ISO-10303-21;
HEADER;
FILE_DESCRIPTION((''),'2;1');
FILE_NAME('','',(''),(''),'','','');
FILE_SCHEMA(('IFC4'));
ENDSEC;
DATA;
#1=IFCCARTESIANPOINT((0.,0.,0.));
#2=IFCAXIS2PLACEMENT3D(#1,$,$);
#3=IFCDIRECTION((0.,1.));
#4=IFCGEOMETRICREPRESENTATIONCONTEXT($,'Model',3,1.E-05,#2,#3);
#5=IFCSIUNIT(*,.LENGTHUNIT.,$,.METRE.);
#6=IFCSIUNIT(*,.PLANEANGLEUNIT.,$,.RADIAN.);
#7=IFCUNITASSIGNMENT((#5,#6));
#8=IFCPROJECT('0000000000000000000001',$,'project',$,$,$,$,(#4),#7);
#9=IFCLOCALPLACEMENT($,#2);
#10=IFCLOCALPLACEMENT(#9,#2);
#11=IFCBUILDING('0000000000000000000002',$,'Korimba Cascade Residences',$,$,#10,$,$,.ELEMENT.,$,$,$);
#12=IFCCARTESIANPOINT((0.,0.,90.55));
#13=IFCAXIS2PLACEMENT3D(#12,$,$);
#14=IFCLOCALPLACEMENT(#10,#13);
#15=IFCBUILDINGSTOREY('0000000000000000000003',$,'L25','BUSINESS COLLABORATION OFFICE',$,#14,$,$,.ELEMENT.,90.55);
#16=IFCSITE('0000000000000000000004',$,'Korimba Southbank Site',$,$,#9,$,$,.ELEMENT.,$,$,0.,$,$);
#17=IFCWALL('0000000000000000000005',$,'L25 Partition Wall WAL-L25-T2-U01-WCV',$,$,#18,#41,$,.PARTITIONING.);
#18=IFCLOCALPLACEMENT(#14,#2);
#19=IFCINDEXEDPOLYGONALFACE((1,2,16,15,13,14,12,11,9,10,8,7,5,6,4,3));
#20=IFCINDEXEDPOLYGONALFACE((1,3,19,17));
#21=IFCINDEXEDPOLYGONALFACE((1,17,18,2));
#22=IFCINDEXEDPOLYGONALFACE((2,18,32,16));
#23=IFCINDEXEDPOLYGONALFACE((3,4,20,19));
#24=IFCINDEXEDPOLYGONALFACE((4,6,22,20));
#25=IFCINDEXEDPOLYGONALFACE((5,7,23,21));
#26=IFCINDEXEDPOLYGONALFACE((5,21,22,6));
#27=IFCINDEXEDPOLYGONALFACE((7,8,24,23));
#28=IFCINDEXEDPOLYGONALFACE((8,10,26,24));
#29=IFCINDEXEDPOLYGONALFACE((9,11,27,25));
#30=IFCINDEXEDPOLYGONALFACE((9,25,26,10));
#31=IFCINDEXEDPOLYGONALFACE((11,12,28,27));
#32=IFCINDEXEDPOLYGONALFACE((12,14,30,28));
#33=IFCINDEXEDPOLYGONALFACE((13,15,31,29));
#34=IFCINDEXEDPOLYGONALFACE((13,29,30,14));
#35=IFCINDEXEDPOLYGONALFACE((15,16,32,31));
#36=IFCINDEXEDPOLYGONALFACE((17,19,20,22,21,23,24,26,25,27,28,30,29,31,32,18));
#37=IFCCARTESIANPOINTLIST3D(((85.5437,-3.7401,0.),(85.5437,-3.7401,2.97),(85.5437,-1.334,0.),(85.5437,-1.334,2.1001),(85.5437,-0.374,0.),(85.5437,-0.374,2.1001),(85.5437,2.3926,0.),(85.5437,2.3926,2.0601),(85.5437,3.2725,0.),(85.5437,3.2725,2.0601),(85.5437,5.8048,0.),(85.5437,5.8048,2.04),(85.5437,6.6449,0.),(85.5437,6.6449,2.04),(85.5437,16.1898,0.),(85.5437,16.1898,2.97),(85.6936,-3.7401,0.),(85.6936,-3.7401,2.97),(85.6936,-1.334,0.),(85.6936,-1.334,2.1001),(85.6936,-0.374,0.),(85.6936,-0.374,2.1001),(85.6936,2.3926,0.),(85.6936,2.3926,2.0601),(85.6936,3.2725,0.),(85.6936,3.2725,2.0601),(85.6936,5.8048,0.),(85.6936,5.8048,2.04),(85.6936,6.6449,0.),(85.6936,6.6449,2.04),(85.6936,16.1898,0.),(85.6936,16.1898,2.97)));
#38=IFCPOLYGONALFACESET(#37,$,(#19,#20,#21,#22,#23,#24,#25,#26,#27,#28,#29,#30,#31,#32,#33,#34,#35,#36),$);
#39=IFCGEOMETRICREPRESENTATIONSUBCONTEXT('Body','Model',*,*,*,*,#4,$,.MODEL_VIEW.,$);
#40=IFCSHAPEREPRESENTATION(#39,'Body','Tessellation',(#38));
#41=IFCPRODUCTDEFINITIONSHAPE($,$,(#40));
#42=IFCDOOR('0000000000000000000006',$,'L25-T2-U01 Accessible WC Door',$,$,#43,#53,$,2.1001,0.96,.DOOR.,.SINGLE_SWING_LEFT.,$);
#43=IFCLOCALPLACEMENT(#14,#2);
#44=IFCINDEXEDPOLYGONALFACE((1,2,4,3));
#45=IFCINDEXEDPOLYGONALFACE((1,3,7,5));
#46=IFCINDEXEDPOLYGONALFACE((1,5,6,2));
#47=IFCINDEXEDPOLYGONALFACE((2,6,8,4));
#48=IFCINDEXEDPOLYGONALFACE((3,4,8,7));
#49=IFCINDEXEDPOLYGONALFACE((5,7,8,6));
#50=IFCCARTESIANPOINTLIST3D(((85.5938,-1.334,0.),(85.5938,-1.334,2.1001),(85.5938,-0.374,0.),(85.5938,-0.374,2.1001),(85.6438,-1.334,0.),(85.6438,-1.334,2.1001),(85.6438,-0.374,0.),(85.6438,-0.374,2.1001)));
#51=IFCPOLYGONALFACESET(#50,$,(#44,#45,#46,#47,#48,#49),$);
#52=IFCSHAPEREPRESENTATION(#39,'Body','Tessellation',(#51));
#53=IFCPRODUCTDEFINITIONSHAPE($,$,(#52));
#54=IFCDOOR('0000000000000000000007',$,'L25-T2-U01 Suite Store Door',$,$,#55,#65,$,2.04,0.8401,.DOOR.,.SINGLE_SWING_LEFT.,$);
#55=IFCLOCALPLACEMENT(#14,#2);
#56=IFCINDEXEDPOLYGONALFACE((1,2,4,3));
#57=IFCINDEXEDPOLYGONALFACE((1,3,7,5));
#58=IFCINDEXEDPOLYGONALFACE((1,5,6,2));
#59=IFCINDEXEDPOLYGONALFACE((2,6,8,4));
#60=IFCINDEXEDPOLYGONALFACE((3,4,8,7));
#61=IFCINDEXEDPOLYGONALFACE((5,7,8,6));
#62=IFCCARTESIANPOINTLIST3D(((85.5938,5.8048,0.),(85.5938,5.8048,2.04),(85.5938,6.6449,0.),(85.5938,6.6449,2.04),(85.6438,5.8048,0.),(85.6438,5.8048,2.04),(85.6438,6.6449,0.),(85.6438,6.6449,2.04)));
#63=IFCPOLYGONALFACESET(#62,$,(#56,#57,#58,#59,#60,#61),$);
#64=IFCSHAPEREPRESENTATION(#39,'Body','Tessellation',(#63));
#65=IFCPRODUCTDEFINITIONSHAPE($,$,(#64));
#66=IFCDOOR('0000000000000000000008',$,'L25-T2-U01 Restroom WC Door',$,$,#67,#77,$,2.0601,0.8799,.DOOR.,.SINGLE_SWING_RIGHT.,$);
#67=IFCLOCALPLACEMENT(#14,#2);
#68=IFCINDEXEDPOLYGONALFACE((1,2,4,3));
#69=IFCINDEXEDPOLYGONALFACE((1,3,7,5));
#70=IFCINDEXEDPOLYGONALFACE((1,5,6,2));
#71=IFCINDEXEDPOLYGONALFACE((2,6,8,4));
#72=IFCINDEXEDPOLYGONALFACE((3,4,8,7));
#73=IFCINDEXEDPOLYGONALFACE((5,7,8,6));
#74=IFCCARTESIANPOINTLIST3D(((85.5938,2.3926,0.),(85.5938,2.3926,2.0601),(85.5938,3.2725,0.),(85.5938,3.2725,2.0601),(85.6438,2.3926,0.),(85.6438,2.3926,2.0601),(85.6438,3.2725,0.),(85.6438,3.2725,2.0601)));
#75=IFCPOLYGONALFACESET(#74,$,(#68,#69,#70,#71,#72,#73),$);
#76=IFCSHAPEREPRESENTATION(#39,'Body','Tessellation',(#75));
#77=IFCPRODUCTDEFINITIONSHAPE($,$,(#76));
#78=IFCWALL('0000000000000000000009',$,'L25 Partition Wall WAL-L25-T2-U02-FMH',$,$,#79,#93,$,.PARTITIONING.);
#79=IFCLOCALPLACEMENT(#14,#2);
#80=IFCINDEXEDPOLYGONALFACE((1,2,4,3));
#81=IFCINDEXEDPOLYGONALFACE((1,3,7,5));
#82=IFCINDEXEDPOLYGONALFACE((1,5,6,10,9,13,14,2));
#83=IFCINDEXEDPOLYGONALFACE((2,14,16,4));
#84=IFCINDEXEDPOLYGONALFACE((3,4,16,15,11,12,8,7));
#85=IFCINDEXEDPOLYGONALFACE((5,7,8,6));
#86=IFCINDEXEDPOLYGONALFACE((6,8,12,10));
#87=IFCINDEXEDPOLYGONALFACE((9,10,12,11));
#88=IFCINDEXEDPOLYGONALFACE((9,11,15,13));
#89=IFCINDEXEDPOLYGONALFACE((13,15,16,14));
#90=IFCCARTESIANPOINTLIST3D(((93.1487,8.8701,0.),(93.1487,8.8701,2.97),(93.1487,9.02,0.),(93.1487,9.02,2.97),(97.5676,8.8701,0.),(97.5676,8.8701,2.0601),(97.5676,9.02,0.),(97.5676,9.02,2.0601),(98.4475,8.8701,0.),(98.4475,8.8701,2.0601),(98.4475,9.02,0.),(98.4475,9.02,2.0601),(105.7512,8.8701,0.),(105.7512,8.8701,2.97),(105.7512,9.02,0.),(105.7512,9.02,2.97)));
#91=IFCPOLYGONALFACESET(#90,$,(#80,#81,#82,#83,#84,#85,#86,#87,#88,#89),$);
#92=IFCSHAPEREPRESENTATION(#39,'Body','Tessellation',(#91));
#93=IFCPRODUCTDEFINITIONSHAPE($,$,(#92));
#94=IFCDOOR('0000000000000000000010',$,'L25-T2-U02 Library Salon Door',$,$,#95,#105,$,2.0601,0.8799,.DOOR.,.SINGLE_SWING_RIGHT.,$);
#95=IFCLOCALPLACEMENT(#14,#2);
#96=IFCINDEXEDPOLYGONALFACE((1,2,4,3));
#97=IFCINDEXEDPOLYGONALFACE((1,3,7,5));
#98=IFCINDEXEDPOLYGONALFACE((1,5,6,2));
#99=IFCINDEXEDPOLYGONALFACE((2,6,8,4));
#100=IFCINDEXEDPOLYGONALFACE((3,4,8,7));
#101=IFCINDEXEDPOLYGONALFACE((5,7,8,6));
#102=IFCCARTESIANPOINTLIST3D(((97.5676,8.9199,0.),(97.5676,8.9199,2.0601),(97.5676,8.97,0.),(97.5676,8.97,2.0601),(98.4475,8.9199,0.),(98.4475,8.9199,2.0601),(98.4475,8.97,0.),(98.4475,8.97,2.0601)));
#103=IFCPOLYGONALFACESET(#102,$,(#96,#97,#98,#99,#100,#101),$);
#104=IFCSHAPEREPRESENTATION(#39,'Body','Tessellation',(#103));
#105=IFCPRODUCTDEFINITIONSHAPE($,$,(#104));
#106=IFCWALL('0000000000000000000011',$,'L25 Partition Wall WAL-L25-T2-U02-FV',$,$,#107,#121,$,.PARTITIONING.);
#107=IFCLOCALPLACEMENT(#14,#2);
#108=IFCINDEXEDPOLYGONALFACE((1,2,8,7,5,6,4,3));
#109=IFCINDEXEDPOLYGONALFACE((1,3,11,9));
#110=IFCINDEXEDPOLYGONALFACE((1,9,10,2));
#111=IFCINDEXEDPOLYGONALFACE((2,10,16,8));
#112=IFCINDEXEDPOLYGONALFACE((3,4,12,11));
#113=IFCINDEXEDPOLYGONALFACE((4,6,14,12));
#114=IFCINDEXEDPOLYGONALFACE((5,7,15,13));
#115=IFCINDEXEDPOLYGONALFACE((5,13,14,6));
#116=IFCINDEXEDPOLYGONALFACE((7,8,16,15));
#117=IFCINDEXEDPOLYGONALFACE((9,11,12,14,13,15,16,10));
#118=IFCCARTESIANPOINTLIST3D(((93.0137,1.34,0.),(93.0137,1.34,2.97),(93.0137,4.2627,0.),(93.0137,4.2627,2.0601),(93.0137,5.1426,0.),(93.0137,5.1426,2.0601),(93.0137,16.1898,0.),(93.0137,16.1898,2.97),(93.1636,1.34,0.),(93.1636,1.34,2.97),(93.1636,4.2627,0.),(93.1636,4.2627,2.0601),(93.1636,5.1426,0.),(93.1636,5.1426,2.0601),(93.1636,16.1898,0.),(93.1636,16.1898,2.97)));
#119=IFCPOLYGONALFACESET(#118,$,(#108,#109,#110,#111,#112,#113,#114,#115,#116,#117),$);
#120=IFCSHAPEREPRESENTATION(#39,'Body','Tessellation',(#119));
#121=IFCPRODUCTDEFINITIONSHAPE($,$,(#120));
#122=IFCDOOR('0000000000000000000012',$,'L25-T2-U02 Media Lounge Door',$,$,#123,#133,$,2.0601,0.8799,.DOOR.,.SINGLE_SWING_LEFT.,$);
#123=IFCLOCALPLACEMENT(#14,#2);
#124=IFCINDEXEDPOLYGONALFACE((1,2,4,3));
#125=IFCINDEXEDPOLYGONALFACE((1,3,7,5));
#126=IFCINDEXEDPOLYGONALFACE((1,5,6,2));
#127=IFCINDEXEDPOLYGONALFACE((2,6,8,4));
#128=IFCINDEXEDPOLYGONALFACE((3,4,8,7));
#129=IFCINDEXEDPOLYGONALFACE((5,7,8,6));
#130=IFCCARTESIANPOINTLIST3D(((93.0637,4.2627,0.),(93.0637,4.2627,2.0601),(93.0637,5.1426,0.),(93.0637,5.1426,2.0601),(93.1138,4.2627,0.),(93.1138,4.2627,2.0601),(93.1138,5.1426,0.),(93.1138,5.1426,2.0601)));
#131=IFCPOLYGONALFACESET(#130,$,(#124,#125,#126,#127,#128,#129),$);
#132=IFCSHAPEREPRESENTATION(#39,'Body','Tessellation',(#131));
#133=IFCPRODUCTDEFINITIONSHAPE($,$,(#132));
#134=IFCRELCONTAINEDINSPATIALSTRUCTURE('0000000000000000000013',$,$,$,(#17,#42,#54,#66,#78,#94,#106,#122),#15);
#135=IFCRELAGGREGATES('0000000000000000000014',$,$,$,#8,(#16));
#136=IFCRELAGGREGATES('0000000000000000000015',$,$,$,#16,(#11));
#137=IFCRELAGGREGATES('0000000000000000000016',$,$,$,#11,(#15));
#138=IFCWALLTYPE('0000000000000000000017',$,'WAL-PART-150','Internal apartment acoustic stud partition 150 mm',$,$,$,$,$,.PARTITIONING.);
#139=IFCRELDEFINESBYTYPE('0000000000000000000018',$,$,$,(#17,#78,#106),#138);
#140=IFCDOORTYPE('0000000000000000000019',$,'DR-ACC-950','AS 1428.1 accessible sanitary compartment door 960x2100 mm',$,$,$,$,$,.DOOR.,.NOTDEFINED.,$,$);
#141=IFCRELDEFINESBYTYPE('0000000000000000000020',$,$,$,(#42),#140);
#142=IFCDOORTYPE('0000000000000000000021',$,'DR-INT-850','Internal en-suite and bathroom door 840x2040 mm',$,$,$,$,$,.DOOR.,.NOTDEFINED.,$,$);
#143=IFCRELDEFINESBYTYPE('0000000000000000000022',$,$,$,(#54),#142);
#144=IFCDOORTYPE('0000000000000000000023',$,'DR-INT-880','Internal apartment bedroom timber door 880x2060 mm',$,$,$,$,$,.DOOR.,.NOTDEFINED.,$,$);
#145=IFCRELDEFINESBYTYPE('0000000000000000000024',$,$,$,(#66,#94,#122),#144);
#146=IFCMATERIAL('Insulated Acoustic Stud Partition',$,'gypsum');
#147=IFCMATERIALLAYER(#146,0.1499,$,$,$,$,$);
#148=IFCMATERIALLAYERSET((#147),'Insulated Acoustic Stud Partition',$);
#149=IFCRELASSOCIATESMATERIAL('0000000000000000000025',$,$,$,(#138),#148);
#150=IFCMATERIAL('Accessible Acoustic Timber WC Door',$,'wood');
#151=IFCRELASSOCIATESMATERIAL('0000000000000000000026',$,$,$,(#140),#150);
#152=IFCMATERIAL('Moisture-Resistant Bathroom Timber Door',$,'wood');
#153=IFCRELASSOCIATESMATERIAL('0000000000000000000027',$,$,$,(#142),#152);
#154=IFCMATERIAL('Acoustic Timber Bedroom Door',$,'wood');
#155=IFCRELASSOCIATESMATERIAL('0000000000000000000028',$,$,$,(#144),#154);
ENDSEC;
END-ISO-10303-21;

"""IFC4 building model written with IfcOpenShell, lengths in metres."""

from ifc_helpers import new_model, si_unit, direction, frame, frame_2d, origin, place, context, subcontext, project, spatial, rectangle, extrude, material, layer, layer_set, type_object, element, fill, save


model = new_model("IFC4")

# Units and contexts
model_context = context("Model", 3, precision=1e-05, world=origin(), true_north=direction((0.0, 1.0)))
body_context = subcontext(model_context, "Body", "Model", "MODEL_VIEW")
ifc_project = project(units=[si_unit("LENGTHUNIT", "METRE"), si_unit("PLANEANGLEUNIT", "RADIAN")], contexts=[model_context])

# Site, building, storey
site_placement = place(None, origin())
site = spatial("IfcSite", under=ifc_project, at=site_placement, Name="Korimba Southbank Site", CompositionType="ELEMENT", RefElevation=0.0)
building_placement = place(site_placement, origin())
building = spatial("IfcBuilding", under=site, at=building_placement, Name="Korimba Cascade Residences", CompositionType="ELEMENT")
storey_placement = place(building_placement, frame((0.0, 0.0, 90.55)))
storey = spatial("IfcBuildingStorey", under=building, at=storey_placement, Name="L25", Description="BUSINESS COLLABORATION OFFICE", CompositionType="ELEMENT", Elevation=90.55)

# Shared definitions
ifc_material_1 = material(Name="Insulated Acoustic Stud Partition", Category="gypsum")
ifc_layer_1 = layer(ifc_material_1, 0.1499)
ifc_layer_set_1 = layer_set([ifc_layer_1], Name="Insulated Acoustic Stud Partition")
wall_type_1 = type_object("IfcWallType", Name="WAL-PART-150", Description="Internal apartment acoustic stud partition 150 mm", PredefinedType="PARTITIONING", material=ifc_layer_set_1)

# Wall, openings, doors
wall_1_placement = place(storey_placement, frame((85.6187, -3.74, 0.0), z_axis=(0.0, 0.0, 1.0), x_axis=(0.0, 1.0, 0.0)))
wall_1 = element("IfcWall", 1, at=wall_1_placement, inside=storey, type_object=wall_type_1, Name="L25 Partition Wall WAL-L25-T2-U01-WCV", PredefinedType="PARTITIONING", context=body_context, shape_type="SweptSolid", body=[
    extrude(rectangle(XDim=19.9299, YDim=0.1499, at=frame_2d((9.9648, 0.0))), origin(), (0.0, 0.0, 1.0), 2.97),
])
opening_1_placement = place(wall_1_placement, frame((2.406, 0.0, 0.0)))
opening_1 = element("IfcOpeningElement", 2, at=opening_1_placement, cuts=wall_1, PredefinedType="OPENING", context=body_context, shape_type="SweptSolid", body=[
    extrude(rectangle(XDim=0.96, YDim=2.1001, at=frame_2d((0.48, 1.05))), frame((0.0, 0.085, 0.0), z_axis=(0.0, -1.0, 0.0), x_axis=(1.0, 0.0, 0.0)), (0.0, 0.0, 1.0), 0.1699),
])
opening_2_placement = place(wall_1_placement, frame((6.1326, 0.0, 0.0)))
opening_2 = element("IfcOpeningElement", 3, at=opening_2_placement, cuts=wall_1, PredefinedType="OPENING", context=body_context, shape_type="SweptSolid", body=[
    extrude(rectangle(XDim=0.8799, YDim=2.0601, at=frame_2d((0.4399, 1.03))), frame((0.0, 0.085, 0.0), z_axis=(0.0, -1.0, 0.0), x_axis=(1.0, 0.0, 0.0)), (0.0, 0.0, 1.0), 0.1699),
])
opening_3_placement = place(wall_1_placement, frame((9.5449, 0.0, 0.0)))
opening_3 = element("IfcOpeningElement", 4, at=opening_3_placement, cuts=wall_1, PredefinedType="OPENING", context=body_context, shape_type="SweptSolid", body=[
    extrude(rectangle(XDim=0.8401, YDim=2.04, at=frame_2d((0.4199, 1.02))), frame((0.0, 0.085, 0.0), z_axis=(0.0, -1.0, 0.0), x_axis=(1.0, 0.0, 0.0)), (0.0, 0.0, 1.0), 0.1699),
])
ifc_material_2 = material(Name="Accessible Acoustic Timber WC Door", Category="wood")
door_type_1 = type_object("IfcDoorType", Name="DR-ACC-950", Description="AS 1428.1 accessible sanitary compartment door 960x2100 mm", OperationType="NOTDEFINED", PredefinedType="DOOR", material=ifc_material_2)
door_1_placement = place(opening_1_placement, origin())
door_1 = element("IfcDoor", 5, at=door_1_placement, inside=storey, type_object=door_type_1, Name="L25-T2-U01 Accessible WC Door", OperationType="SINGLE_SWING_LEFT", OverallHeight=2.1001, OverallWidth=0.96, PredefinedType="DOOR", context=body_context, shape_type="SweptSolid", body=[
    extrude(rectangle(XDim=0.96, YDim=2.1001, at=frame_2d((0.48, 1.05))), frame((0.0, 0.0249, 0.0), z_axis=(0.0, -1.0, 0.0), x_axis=(1.0, 0.0, 0.0)), (0.0, 0.0, 1.0), 0.05),
])
fill(opening_1, door_1)
ifc_material_3 = material(Name="Moisture-Resistant Bathroom Timber Door", Category="wood")
door_type_2 = type_object("IfcDoorType", Name="DR-INT-850", Description="Internal en-suite and bathroom door 840x2040 mm", OperationType="NOTDEFINED", PredefinedType="DOOR", material=ifc_material_3)
door_2_placement = place(opening_3_placement, origin())
door_2 = element("IfcDoor", 6, at=door_2_placement, inside=storey, type_object=door_type_2, Name="L25-T2-U01 Suite Store Door", OperationType="SINGLE_SWING_LEFT", OverallHeight=2.04, OverallWidth=0.8401, PredefinedType="DOOR", context=body_context, shape_type="SweptSolid", body=[
    extrude(rectangle(XDim=0.8401, YDim=2.04, at=frame_2d((0.4199, 1.02))), frame((0.0, 0.0249, 0.0), z_axis=(0.0, -1.0, 0.0), x_axis=(1.0, 0.0, 0.0)), (0.0, 0.0, 1.0), 0.05),
])
fill(opening_3, door_2)
ifc_material_4 = material(Name="Acoustic Timber Bedroom Door", Category="wood")
door_type_3 = type_object("IfcDoorType", Name="DR-INT-880", Description="Internal apartment bedroom timber door 880x2060 mm", OperationType="NOTDEFINED", PredefinedType="DOOR", material=ifc_material_4)
door_3_placement = place(opening_2_placement, origin())
door_3 = element("IfcDoor", 7, at=door_3_placement, inside=storey, type_object=door_type_3, Name="L25-T2-U01 Restroom WC Door", OperationType="SINGLE_SWING_RIGHT", OverallHeight=2.0601, OverallWidth=0.8799, PredefinedType="DOOR", context=body_context, shape_type="SweptSolid", body=[
    extrude(rectangle(XDim=0.8799, YDim=2.0601, at=frame_2d((0.4399, 1.03))), frame((0.0, 0.0249, 0.0), z_axis=(0.0, -1.0, 0.0), x_axis=(1.0, 0.0, 0.0)), (0.0, 0.0, 1.0), 0.05),
])
fill(opening_2, door_3)

# Walls, openings, doors
wall_2_placement = place(storey_placement, frame((93.1487, 8.9451, 0.0), z_axis=(0.0, 0.0, 1.0), x_axis=(1.0, 0.0, 0.0)))
wall_2 = element("IfcWall", 8, at=wall_2_placement, inside=storey, type_object=wall_type_1, Name="L25 Partition Wall WAL-L25-T2-U02-FMH", PredefinedType="PARTITIONING", context=body_context, shape_type="SweptSolid", body=[
    extrude(rectangle(XDim=12.6025, YDim=0.1499, at=frame_2d((6.3013, 0.0))), origin(), (0.0, 0.0, 1.0), 2.97),
])
opening_4_placement = place(wall_2_placement, frame((4.4189, 0.0, 0.0)))
opening_4 = element("IfcOpeningElement", 9, at=opening_4_placement, cuts=wall_2, PredefinedType="OPENING", context=body_context, shape_type="SweptSolid", body=[
    extrude(rectangle(XDim=0.8799, YDim=2.0601, at=frame_2d((0.4399, 1.03))), frame((0.0, 0.085, 0.0), z_axis=(0.0, -1.0, 0.0), x_axis=(1.0, 0.0, 0.0)), (0.0, 0.0, 1.0), 0.1699),
])
door_4_placement = place(opening_4_placement, origin())
door_4 = element("IfcDoor", 10, at=door_4_placement, inside=storey, type_object=door_type_3, Name="L25-T2-U02 Library Salon Door", OperationType="SINGLE_SWING_RIGHT", OverallHeight=2.0601, OverallWidth=0.8799, PredefinedType="DOOR", context=body_context, shape_type="SweptSolid", body=[
    extrude(rectangle(XDim=0.8799, YDim=2.0601, at=frame_2d((0.4399, 1.03))), frame((0.0, 0.0249, 0.0), z_axis=(0.0, -1.0, 0.0), x_axis=(1.0, 0.0, 0.0)), (0.0, 0.0, 1.0), 0.05),
])
fill(opening_4, door_4)
wall_3_placement = place(storey_placement, frame((93.0886, 1.3401, 0.0), z_axis=(0.0, 0.0, 1.0), x_axis=(0.0, 1.0, 0.0)))
wall_3 = element("IfcWall", 11, at=wall_3_placement, inside=storey, type_object=wall_type_1, Name="L25 Partition Wall WAL-L25-T2-U02-FV", PredefinedType="PARTITIONING", context=body_context, shape_type="SweptSolid", body=[
    extrude(rectangle(XDim=14.8499, YDim=0.1499, at=frame_2d((7.4248, 0.0))), origin(), (0.0, 0.0, 1.0), 2.97),
])
opening_5_placement = place(wall_3_placement, frame((2.9226, 0.0, 0.0)))
opening_5 = element("IfcOpeningElement", 12, at=opening_5_placement, cuts=wall_3, PredefinedType="OPENING", context=body_context, shape_type="SweptSolid", body=[
    extrude(rectangle(XDim=0.8799, YDim=2.0601, at=frame_2d((0.4399, 1.03))), frame((0.0, 0.085, 0.0), z_axis=(0.0, -1.0, 0.0), x_axis=(1.0, 0.0, 0.0)), (0.0, 0.0, 1.0), 0.1699),
])
door_5_placement = place(opening_5_placement, origin())
door_5 = element("IfcDoor", 13, at=door_5_placement, inside=storey, type_object=door_type_3, Name="L25-T2-U02 Media Lounge Door", OperationType="SINGLE_SWING_LEFT", OverallHeight=2.0601, OverallWidth=0.8799, PredefinedType="DOOR", context=body_context, shape_type="SweptSolid", body=[
    extrude(rectangle(XDim=0.8799, YDim=2.0601, at=frame_2d((0.4399, 1.03))), frame((0.0, 0.0249, 0.0), z_axis=(0.0, -1.0, 0.0), x_axis=(1.0, 0.0, 0.0)), (0.0, 0.0, 1.0), 0.05),
])
fill(opening_5, door_5)

save(model, "model.ifc")
